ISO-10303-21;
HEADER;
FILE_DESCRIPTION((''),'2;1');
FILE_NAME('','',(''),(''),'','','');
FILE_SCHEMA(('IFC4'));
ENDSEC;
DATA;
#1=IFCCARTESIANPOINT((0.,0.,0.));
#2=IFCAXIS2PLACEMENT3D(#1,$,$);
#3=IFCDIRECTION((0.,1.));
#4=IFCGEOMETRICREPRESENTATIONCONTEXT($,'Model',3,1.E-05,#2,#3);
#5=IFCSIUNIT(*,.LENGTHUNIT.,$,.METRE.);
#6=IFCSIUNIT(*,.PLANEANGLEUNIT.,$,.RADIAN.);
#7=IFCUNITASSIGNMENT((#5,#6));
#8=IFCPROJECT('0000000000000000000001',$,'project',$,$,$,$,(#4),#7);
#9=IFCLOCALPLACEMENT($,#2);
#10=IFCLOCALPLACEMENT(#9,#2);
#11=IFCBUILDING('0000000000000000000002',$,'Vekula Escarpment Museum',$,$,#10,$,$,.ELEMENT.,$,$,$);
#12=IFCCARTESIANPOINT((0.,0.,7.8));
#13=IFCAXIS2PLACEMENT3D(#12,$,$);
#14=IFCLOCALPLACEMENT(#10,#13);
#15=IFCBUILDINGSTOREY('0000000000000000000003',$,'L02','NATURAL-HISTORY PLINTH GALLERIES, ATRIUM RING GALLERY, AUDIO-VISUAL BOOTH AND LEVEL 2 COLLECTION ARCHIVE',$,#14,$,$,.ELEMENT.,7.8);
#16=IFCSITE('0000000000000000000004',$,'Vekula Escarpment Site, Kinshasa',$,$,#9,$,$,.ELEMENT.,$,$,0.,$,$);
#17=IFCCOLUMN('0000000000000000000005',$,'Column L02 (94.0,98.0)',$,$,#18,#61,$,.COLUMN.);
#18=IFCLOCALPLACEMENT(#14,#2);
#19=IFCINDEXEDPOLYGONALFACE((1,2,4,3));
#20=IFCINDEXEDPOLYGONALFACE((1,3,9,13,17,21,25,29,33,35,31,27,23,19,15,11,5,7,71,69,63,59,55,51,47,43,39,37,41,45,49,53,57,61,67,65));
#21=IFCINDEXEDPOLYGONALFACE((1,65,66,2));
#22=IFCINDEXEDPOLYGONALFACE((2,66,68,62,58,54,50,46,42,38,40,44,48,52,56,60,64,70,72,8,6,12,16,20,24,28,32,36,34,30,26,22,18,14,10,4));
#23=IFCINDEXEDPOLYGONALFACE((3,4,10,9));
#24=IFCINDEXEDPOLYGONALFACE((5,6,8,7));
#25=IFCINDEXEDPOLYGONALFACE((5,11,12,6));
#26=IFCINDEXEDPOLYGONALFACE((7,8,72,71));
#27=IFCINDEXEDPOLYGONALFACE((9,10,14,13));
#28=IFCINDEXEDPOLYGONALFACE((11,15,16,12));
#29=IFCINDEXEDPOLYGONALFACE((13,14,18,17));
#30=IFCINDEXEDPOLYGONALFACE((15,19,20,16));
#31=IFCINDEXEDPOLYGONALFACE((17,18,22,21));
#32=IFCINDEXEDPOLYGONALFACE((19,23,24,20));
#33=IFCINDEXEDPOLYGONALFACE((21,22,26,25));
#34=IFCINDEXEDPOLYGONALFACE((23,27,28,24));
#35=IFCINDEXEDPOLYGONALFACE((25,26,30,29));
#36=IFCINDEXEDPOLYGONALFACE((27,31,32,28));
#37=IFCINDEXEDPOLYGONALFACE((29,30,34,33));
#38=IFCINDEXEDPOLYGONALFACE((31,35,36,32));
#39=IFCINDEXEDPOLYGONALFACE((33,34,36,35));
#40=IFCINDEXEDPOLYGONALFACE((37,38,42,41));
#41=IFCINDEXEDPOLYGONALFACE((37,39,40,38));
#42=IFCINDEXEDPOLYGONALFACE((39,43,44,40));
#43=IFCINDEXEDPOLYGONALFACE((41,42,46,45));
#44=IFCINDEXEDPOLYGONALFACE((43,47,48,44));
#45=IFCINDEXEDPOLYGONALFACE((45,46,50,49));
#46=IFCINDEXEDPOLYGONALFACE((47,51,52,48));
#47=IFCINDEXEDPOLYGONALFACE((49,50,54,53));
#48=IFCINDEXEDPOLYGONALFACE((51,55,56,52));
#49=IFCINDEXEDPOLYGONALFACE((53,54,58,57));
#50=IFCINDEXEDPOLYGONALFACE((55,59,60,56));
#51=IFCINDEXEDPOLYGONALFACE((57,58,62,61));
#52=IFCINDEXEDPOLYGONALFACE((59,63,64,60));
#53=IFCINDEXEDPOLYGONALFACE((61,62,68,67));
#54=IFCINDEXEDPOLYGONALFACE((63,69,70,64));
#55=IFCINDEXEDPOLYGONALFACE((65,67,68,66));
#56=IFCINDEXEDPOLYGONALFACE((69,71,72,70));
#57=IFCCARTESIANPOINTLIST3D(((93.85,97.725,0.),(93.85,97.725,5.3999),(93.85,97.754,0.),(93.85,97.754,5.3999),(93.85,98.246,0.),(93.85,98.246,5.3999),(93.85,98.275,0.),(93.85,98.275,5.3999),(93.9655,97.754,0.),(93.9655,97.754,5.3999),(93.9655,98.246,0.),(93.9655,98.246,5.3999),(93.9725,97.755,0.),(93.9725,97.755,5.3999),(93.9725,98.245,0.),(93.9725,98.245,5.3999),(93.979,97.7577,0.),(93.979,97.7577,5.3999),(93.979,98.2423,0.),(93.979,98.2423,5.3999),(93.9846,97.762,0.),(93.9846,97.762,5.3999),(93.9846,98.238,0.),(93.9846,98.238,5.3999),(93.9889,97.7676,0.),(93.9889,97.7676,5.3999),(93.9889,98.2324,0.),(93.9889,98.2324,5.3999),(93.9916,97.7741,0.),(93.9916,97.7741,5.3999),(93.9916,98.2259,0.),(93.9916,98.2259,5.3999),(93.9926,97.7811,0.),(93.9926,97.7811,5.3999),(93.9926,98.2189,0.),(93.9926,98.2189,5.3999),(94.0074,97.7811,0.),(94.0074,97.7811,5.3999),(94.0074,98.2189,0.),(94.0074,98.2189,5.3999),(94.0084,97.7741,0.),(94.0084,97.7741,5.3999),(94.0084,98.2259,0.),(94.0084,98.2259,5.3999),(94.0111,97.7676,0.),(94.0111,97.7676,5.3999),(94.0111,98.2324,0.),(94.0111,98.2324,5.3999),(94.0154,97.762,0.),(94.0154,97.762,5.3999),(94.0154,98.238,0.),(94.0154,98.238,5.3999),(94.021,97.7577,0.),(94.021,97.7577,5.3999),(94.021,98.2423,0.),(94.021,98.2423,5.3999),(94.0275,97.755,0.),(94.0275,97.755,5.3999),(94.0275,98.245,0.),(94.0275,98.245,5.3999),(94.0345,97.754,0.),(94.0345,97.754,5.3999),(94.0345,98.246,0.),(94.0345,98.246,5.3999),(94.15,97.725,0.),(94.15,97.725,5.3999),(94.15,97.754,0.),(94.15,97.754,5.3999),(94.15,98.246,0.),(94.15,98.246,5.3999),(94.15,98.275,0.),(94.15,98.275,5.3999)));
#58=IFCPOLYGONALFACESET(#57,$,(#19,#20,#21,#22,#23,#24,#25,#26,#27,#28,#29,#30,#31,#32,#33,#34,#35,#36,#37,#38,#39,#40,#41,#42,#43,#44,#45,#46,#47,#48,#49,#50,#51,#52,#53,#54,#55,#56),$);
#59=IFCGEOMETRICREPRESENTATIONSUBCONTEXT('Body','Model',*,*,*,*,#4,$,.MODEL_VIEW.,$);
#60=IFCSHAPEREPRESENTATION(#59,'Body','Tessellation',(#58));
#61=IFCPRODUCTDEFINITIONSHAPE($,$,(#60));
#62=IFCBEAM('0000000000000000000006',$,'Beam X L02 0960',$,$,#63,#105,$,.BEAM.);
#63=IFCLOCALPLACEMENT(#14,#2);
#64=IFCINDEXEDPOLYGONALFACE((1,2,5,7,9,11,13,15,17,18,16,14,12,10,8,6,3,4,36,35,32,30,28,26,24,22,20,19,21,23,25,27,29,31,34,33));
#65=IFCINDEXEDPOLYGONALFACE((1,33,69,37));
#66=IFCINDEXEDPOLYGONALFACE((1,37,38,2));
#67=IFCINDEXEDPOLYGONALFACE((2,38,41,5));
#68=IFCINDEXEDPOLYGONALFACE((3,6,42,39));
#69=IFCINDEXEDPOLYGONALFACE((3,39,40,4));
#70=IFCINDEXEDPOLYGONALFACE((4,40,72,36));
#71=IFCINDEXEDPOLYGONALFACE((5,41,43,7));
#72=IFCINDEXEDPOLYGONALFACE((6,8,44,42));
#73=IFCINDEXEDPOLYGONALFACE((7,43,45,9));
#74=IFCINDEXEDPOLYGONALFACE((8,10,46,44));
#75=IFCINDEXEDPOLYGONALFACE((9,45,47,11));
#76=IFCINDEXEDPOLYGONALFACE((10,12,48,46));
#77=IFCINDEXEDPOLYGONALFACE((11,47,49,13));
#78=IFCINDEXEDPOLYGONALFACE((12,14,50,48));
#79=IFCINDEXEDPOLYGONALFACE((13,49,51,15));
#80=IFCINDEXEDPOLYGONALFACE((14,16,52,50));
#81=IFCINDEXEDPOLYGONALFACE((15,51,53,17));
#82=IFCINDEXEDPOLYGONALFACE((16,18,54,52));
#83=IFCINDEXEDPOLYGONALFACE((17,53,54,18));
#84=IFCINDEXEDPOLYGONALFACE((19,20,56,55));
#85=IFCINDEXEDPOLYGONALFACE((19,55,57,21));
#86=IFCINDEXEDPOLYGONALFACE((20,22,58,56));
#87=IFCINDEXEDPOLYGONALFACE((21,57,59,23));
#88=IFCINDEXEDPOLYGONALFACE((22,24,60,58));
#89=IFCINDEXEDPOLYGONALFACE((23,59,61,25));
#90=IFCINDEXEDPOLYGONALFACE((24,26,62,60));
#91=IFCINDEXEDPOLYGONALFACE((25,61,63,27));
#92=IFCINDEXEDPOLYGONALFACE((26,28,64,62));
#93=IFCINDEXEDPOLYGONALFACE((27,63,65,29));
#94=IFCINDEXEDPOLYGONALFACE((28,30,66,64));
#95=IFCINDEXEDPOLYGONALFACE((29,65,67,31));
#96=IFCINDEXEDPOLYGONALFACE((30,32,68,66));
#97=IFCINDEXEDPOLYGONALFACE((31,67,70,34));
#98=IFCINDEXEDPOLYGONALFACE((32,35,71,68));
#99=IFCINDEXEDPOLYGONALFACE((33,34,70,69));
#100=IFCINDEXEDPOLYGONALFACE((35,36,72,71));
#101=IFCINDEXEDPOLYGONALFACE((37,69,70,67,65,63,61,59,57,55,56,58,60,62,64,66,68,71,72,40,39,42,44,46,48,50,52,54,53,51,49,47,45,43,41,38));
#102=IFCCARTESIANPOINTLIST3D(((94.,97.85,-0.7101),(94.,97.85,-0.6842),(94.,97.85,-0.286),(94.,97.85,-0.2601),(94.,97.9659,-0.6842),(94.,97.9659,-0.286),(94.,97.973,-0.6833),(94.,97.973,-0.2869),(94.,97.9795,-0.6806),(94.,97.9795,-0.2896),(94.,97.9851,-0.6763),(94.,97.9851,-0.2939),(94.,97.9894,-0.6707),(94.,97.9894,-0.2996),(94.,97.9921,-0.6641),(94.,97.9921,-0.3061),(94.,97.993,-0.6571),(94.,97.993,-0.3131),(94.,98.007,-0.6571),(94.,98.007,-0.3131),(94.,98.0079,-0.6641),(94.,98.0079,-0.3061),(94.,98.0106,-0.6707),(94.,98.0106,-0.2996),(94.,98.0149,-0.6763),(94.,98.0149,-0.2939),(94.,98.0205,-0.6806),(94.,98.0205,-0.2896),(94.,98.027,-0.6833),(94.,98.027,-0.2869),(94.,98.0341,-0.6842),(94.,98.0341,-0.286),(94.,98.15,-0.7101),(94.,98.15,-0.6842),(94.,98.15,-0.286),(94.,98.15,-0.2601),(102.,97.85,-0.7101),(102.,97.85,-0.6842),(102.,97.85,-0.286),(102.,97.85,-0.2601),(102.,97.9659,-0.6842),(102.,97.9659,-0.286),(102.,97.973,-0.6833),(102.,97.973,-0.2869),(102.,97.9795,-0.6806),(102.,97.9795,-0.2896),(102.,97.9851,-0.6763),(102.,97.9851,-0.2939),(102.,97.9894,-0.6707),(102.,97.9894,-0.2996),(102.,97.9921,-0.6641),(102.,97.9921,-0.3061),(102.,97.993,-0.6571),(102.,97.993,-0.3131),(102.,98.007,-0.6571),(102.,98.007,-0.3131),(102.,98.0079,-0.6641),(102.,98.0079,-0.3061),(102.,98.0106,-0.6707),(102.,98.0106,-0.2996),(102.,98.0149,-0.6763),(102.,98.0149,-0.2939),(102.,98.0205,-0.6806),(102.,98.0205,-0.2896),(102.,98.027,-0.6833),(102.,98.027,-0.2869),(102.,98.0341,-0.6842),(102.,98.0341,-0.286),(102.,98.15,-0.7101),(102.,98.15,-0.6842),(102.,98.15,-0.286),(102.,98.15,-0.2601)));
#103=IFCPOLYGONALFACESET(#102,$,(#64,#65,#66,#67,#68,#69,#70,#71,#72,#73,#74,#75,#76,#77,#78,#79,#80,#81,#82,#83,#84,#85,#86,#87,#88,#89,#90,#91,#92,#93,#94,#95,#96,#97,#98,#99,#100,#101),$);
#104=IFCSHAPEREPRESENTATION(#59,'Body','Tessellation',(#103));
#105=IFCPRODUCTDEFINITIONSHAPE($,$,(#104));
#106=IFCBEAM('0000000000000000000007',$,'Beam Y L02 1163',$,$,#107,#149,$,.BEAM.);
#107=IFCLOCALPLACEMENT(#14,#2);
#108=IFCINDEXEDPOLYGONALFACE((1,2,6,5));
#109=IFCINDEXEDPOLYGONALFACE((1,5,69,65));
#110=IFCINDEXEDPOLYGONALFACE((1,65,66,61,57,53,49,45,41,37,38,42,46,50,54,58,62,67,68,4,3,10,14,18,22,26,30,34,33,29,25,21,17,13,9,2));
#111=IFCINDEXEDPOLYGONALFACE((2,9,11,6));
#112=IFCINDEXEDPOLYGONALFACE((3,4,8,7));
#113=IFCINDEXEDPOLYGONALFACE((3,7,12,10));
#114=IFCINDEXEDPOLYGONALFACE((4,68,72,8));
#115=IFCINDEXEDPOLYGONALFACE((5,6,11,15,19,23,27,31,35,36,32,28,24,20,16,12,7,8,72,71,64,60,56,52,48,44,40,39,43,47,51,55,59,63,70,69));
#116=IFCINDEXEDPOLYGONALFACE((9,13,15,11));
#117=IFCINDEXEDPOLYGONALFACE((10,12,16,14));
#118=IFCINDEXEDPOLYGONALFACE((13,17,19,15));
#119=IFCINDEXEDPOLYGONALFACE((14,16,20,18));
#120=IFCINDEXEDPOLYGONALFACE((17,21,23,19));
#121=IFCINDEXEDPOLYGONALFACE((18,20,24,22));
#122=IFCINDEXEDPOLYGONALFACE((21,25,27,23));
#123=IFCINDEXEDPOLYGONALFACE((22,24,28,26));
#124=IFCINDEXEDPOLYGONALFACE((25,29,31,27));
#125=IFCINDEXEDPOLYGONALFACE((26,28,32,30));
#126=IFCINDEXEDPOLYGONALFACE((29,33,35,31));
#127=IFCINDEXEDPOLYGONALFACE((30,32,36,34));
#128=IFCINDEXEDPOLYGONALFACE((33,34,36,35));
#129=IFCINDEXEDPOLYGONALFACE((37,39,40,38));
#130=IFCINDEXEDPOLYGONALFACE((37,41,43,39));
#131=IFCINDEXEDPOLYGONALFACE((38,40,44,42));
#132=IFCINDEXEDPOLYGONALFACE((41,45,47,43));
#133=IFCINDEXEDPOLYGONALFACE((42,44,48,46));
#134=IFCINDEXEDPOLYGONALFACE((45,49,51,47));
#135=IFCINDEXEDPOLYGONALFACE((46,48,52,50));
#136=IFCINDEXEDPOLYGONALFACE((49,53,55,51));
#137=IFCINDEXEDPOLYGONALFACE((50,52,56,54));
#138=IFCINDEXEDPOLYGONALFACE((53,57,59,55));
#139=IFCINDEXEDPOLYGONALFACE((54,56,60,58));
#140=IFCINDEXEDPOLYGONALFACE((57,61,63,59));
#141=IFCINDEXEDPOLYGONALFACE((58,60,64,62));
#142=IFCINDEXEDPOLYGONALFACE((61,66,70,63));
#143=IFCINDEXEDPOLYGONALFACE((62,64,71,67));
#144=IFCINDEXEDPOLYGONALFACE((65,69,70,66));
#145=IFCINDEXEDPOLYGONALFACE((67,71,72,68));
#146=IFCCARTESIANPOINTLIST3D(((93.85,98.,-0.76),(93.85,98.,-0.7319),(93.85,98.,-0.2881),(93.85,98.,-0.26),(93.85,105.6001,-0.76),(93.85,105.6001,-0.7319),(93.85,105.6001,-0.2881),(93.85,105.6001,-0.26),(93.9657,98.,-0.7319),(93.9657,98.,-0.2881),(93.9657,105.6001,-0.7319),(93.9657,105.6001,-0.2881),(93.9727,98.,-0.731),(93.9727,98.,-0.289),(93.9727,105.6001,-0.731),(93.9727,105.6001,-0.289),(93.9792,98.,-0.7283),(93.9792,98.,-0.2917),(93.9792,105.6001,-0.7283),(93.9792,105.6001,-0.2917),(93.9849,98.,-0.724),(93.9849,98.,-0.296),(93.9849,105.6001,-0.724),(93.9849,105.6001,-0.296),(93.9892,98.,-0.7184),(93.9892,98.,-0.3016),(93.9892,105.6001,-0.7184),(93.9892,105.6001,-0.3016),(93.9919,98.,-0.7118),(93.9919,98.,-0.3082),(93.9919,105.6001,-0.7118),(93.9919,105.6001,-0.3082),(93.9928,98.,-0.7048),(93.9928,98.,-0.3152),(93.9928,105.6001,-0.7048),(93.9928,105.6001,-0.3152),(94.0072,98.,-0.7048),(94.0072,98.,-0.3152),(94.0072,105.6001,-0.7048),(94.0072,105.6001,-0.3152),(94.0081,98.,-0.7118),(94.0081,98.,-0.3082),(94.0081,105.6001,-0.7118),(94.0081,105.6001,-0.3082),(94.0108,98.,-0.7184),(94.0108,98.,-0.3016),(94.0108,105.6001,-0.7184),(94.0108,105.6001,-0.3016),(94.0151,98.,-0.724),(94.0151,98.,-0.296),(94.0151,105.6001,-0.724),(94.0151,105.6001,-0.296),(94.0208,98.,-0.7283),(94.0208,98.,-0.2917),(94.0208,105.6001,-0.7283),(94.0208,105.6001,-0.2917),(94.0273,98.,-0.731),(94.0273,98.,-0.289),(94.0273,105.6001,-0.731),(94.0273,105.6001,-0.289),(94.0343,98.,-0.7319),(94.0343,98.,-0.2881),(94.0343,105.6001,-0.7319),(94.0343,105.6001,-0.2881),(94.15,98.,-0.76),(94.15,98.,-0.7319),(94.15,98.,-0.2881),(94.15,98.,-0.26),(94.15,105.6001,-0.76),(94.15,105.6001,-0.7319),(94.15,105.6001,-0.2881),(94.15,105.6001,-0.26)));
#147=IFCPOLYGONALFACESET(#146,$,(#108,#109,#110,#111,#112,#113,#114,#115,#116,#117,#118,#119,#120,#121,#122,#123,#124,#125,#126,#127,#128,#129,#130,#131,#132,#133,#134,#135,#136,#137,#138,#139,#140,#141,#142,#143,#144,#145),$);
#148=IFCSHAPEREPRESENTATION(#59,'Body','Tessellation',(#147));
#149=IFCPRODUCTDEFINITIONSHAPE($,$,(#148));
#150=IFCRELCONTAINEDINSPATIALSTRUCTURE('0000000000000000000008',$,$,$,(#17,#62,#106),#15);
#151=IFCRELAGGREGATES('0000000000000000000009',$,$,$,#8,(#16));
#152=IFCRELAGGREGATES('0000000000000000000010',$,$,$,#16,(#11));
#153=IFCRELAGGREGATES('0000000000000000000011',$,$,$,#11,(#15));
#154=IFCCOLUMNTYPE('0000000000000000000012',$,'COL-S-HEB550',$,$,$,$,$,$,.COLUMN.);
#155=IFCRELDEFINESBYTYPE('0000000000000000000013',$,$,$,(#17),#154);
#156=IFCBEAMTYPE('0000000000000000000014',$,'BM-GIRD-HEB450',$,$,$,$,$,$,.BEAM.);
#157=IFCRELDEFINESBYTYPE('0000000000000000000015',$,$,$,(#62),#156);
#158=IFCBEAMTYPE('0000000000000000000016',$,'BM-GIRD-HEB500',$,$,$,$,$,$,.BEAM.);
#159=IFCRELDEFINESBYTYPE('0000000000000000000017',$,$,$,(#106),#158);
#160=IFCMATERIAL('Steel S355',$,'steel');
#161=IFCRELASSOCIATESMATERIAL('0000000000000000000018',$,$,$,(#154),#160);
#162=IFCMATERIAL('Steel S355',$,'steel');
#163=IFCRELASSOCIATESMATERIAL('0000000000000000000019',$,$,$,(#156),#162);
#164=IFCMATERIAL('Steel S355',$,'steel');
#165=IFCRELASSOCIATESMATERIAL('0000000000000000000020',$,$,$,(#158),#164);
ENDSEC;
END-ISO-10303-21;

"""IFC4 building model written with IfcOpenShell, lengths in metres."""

from ifc_helpers import new_model, si_unit, direction, frame, origin, origin_2d, place, context, subcontext, project, spatial, i_section, extrude, material, material_profile, profile_set, type_object, element, save


model = new_model("IFC4")

# Units and contexts
model_context = context("Model", 3, precision=1e-05, world=origin(), true_north=direction((0.0, 1.0)))
body_context = subcontext(model_context, "Body", "Model", "MODEL_VIEW")
ifc_project = project(units=[si_unit("LENGTHUNIT", "METRE"), si_unit("PLANEANGLEUNIT", "RADIAN")], contexts=[model_context])

# Site, building, storey
site_placement = place(None, origin())
site = spatial("IfcSite", under=ifc_project, at=site_placement, Name="Vekula Escarpment Site, Kinshasa", CompositionType="ELEMENT", RefElevation=0.0)
building_placement = place(site_placement, origin())
building = spatial("IfcBuilding", under=site, at=building_placement, Name="Vekula Escarpment Museum", CompositionType="ELEMENT")
storey_placement = place(building_placement, frame((0.0, 0.0, 7.8)))
storey = spatial("IfcBuildingStorey", under=building, at=storey_placement, Name="L02", Description="NATURAL-HISTORY PLINTH GALLERIES, ATRIUM RING GALLERY, AUDIO-VISUAL BOOTH AND LEVEL 2 COLLECTION ARCHIVE", CompositionType="ELEMENT", Elevation=7.8)

# Column
ifc_material_1 = material(Name="Steel S355", Category="steel")
ifc_material_profile_1 = material_profile(ifc_material_1, i_section(OverallWidth=0.3, OverallDepth=0.55, WebThickness=0.0149, FlangeThickness=0.0291, FilletRadius=0.0271, at=origin_2d()), Name="HEB 550")
ifc_profile_set_1 = profile_set([ifc_material_profile_1], Name="Steel S355")
column_type = type_object("IfcColumnType", Name="COL-S-HEB550", PredefinedType="COLUMN", material=ifc_profile_set_1)
column_placement = place(storey_placement, frame((94.0, 98.0, 0.0), z_axis=(0.0, 0.0, 1.0), x_axis=(1.0, 0.0, 0.0)))
element("IfcColumn", 1, at=column_placement, inside=storey, type_object=column_type, Name="Column L02 (94.0,98.0)", PredefinedType="COLUMN", context=body_context, shape_type="SweptSolid", body=[
    extrude(i_section(OverallWidth=0.3, OverallDepth=0.55, WebThickness=0.0149, FlangeThickness=0.0291, FilletRadius=0.0271, at=origin_2d()), origin(), (0.0, 0.0, 1.0), 5.3999),
])

# Beams
ifc_material_2 = material(Name="Steel S355", Category="steel")
ifc_material_profile_2 = material_profile(ifc_material_2, i_section(OverallWidth=0.3, OverallDepth=0.45, WebThickness=0.0139, FlangeThickness=0.0259, FilletRadius=0.0271, at=origin_2d()), Name="HEB 450")
ifc_profile_set_2 = profile_set([ifc_material_profile_2], Name="Steel S355")
beam_type_1 = type_object("IfcBeamType", Name="BM-GIRD-HEB450", PredefinedType="BEAM", material=ifc_profile_set_2)
beam_1_placement = place(storey_placement, frame((94.0, 98.0, -0.4851), z_axis=(1.0, 0.0, 0.0), x_axis=(0.0, 1.0, 0.0)))
element("IfcBeam", 2, at=beam_1_placement, inside=storey, type_object=beam_type_1, Name="Beam X L02 0960", PredefinedType="BEAM", context=body_context, shape_type="SweptSolid", body=[
    extrude(i_section(OverallWidth=0.3, OverallDepth=0.45, WebThickness=0.0139, FlangeThickness=0.0259, FilletRadius=0.0271, at=origin_2d()), origin(), (0.0, 0.0, 1.0), 8.0),
])
ifc_material_3 = material(Name="Steel S355", Category="steel")
ifc_material_profile_3 = material_profile(ifc_material_3, i_section(OverallWidth=0.3, OverallDepth=0.5, WebThickness=0.0144, FlangeThickness=0.0281, FilletRadius=0.0271, at=origin_2d()), Name="HEB 500")
ifc_profile_set_3 = profile_set([ifc_material_profile_3], Name="Steel S355")
beam_type_2 = type_object("IfcBeamType", Name="BM-GIRD-HEB500", PredefinedType="BEAM", material=ifc_profile_set_3)
beam_2_placement = place(storey_placement, frame((94.0, 98.0, -0.51), z_axis=(0.0, 1.0, 0.0), x_axis=(-1.0, 0.0, 0.0)))
element("IfcBeam", 3, at=beam_2_placement, inside=storey, type_object=beam_type_2, Name="Beam Y L02 1163", PredefinedType="BEAM", context=body_context, shape_type="SweptSolid", body=[
    extrude(i_section(OverallWidth=0.3, OverallDepth=0.5, WebThickness=0.0144, FlangeThickness=0.0281, FilletRadius=0.0271, at=origin_2d()), origin(), (0.0, 0.0, 1.0), 7.6001),
])

save(model, "model.ifc")
